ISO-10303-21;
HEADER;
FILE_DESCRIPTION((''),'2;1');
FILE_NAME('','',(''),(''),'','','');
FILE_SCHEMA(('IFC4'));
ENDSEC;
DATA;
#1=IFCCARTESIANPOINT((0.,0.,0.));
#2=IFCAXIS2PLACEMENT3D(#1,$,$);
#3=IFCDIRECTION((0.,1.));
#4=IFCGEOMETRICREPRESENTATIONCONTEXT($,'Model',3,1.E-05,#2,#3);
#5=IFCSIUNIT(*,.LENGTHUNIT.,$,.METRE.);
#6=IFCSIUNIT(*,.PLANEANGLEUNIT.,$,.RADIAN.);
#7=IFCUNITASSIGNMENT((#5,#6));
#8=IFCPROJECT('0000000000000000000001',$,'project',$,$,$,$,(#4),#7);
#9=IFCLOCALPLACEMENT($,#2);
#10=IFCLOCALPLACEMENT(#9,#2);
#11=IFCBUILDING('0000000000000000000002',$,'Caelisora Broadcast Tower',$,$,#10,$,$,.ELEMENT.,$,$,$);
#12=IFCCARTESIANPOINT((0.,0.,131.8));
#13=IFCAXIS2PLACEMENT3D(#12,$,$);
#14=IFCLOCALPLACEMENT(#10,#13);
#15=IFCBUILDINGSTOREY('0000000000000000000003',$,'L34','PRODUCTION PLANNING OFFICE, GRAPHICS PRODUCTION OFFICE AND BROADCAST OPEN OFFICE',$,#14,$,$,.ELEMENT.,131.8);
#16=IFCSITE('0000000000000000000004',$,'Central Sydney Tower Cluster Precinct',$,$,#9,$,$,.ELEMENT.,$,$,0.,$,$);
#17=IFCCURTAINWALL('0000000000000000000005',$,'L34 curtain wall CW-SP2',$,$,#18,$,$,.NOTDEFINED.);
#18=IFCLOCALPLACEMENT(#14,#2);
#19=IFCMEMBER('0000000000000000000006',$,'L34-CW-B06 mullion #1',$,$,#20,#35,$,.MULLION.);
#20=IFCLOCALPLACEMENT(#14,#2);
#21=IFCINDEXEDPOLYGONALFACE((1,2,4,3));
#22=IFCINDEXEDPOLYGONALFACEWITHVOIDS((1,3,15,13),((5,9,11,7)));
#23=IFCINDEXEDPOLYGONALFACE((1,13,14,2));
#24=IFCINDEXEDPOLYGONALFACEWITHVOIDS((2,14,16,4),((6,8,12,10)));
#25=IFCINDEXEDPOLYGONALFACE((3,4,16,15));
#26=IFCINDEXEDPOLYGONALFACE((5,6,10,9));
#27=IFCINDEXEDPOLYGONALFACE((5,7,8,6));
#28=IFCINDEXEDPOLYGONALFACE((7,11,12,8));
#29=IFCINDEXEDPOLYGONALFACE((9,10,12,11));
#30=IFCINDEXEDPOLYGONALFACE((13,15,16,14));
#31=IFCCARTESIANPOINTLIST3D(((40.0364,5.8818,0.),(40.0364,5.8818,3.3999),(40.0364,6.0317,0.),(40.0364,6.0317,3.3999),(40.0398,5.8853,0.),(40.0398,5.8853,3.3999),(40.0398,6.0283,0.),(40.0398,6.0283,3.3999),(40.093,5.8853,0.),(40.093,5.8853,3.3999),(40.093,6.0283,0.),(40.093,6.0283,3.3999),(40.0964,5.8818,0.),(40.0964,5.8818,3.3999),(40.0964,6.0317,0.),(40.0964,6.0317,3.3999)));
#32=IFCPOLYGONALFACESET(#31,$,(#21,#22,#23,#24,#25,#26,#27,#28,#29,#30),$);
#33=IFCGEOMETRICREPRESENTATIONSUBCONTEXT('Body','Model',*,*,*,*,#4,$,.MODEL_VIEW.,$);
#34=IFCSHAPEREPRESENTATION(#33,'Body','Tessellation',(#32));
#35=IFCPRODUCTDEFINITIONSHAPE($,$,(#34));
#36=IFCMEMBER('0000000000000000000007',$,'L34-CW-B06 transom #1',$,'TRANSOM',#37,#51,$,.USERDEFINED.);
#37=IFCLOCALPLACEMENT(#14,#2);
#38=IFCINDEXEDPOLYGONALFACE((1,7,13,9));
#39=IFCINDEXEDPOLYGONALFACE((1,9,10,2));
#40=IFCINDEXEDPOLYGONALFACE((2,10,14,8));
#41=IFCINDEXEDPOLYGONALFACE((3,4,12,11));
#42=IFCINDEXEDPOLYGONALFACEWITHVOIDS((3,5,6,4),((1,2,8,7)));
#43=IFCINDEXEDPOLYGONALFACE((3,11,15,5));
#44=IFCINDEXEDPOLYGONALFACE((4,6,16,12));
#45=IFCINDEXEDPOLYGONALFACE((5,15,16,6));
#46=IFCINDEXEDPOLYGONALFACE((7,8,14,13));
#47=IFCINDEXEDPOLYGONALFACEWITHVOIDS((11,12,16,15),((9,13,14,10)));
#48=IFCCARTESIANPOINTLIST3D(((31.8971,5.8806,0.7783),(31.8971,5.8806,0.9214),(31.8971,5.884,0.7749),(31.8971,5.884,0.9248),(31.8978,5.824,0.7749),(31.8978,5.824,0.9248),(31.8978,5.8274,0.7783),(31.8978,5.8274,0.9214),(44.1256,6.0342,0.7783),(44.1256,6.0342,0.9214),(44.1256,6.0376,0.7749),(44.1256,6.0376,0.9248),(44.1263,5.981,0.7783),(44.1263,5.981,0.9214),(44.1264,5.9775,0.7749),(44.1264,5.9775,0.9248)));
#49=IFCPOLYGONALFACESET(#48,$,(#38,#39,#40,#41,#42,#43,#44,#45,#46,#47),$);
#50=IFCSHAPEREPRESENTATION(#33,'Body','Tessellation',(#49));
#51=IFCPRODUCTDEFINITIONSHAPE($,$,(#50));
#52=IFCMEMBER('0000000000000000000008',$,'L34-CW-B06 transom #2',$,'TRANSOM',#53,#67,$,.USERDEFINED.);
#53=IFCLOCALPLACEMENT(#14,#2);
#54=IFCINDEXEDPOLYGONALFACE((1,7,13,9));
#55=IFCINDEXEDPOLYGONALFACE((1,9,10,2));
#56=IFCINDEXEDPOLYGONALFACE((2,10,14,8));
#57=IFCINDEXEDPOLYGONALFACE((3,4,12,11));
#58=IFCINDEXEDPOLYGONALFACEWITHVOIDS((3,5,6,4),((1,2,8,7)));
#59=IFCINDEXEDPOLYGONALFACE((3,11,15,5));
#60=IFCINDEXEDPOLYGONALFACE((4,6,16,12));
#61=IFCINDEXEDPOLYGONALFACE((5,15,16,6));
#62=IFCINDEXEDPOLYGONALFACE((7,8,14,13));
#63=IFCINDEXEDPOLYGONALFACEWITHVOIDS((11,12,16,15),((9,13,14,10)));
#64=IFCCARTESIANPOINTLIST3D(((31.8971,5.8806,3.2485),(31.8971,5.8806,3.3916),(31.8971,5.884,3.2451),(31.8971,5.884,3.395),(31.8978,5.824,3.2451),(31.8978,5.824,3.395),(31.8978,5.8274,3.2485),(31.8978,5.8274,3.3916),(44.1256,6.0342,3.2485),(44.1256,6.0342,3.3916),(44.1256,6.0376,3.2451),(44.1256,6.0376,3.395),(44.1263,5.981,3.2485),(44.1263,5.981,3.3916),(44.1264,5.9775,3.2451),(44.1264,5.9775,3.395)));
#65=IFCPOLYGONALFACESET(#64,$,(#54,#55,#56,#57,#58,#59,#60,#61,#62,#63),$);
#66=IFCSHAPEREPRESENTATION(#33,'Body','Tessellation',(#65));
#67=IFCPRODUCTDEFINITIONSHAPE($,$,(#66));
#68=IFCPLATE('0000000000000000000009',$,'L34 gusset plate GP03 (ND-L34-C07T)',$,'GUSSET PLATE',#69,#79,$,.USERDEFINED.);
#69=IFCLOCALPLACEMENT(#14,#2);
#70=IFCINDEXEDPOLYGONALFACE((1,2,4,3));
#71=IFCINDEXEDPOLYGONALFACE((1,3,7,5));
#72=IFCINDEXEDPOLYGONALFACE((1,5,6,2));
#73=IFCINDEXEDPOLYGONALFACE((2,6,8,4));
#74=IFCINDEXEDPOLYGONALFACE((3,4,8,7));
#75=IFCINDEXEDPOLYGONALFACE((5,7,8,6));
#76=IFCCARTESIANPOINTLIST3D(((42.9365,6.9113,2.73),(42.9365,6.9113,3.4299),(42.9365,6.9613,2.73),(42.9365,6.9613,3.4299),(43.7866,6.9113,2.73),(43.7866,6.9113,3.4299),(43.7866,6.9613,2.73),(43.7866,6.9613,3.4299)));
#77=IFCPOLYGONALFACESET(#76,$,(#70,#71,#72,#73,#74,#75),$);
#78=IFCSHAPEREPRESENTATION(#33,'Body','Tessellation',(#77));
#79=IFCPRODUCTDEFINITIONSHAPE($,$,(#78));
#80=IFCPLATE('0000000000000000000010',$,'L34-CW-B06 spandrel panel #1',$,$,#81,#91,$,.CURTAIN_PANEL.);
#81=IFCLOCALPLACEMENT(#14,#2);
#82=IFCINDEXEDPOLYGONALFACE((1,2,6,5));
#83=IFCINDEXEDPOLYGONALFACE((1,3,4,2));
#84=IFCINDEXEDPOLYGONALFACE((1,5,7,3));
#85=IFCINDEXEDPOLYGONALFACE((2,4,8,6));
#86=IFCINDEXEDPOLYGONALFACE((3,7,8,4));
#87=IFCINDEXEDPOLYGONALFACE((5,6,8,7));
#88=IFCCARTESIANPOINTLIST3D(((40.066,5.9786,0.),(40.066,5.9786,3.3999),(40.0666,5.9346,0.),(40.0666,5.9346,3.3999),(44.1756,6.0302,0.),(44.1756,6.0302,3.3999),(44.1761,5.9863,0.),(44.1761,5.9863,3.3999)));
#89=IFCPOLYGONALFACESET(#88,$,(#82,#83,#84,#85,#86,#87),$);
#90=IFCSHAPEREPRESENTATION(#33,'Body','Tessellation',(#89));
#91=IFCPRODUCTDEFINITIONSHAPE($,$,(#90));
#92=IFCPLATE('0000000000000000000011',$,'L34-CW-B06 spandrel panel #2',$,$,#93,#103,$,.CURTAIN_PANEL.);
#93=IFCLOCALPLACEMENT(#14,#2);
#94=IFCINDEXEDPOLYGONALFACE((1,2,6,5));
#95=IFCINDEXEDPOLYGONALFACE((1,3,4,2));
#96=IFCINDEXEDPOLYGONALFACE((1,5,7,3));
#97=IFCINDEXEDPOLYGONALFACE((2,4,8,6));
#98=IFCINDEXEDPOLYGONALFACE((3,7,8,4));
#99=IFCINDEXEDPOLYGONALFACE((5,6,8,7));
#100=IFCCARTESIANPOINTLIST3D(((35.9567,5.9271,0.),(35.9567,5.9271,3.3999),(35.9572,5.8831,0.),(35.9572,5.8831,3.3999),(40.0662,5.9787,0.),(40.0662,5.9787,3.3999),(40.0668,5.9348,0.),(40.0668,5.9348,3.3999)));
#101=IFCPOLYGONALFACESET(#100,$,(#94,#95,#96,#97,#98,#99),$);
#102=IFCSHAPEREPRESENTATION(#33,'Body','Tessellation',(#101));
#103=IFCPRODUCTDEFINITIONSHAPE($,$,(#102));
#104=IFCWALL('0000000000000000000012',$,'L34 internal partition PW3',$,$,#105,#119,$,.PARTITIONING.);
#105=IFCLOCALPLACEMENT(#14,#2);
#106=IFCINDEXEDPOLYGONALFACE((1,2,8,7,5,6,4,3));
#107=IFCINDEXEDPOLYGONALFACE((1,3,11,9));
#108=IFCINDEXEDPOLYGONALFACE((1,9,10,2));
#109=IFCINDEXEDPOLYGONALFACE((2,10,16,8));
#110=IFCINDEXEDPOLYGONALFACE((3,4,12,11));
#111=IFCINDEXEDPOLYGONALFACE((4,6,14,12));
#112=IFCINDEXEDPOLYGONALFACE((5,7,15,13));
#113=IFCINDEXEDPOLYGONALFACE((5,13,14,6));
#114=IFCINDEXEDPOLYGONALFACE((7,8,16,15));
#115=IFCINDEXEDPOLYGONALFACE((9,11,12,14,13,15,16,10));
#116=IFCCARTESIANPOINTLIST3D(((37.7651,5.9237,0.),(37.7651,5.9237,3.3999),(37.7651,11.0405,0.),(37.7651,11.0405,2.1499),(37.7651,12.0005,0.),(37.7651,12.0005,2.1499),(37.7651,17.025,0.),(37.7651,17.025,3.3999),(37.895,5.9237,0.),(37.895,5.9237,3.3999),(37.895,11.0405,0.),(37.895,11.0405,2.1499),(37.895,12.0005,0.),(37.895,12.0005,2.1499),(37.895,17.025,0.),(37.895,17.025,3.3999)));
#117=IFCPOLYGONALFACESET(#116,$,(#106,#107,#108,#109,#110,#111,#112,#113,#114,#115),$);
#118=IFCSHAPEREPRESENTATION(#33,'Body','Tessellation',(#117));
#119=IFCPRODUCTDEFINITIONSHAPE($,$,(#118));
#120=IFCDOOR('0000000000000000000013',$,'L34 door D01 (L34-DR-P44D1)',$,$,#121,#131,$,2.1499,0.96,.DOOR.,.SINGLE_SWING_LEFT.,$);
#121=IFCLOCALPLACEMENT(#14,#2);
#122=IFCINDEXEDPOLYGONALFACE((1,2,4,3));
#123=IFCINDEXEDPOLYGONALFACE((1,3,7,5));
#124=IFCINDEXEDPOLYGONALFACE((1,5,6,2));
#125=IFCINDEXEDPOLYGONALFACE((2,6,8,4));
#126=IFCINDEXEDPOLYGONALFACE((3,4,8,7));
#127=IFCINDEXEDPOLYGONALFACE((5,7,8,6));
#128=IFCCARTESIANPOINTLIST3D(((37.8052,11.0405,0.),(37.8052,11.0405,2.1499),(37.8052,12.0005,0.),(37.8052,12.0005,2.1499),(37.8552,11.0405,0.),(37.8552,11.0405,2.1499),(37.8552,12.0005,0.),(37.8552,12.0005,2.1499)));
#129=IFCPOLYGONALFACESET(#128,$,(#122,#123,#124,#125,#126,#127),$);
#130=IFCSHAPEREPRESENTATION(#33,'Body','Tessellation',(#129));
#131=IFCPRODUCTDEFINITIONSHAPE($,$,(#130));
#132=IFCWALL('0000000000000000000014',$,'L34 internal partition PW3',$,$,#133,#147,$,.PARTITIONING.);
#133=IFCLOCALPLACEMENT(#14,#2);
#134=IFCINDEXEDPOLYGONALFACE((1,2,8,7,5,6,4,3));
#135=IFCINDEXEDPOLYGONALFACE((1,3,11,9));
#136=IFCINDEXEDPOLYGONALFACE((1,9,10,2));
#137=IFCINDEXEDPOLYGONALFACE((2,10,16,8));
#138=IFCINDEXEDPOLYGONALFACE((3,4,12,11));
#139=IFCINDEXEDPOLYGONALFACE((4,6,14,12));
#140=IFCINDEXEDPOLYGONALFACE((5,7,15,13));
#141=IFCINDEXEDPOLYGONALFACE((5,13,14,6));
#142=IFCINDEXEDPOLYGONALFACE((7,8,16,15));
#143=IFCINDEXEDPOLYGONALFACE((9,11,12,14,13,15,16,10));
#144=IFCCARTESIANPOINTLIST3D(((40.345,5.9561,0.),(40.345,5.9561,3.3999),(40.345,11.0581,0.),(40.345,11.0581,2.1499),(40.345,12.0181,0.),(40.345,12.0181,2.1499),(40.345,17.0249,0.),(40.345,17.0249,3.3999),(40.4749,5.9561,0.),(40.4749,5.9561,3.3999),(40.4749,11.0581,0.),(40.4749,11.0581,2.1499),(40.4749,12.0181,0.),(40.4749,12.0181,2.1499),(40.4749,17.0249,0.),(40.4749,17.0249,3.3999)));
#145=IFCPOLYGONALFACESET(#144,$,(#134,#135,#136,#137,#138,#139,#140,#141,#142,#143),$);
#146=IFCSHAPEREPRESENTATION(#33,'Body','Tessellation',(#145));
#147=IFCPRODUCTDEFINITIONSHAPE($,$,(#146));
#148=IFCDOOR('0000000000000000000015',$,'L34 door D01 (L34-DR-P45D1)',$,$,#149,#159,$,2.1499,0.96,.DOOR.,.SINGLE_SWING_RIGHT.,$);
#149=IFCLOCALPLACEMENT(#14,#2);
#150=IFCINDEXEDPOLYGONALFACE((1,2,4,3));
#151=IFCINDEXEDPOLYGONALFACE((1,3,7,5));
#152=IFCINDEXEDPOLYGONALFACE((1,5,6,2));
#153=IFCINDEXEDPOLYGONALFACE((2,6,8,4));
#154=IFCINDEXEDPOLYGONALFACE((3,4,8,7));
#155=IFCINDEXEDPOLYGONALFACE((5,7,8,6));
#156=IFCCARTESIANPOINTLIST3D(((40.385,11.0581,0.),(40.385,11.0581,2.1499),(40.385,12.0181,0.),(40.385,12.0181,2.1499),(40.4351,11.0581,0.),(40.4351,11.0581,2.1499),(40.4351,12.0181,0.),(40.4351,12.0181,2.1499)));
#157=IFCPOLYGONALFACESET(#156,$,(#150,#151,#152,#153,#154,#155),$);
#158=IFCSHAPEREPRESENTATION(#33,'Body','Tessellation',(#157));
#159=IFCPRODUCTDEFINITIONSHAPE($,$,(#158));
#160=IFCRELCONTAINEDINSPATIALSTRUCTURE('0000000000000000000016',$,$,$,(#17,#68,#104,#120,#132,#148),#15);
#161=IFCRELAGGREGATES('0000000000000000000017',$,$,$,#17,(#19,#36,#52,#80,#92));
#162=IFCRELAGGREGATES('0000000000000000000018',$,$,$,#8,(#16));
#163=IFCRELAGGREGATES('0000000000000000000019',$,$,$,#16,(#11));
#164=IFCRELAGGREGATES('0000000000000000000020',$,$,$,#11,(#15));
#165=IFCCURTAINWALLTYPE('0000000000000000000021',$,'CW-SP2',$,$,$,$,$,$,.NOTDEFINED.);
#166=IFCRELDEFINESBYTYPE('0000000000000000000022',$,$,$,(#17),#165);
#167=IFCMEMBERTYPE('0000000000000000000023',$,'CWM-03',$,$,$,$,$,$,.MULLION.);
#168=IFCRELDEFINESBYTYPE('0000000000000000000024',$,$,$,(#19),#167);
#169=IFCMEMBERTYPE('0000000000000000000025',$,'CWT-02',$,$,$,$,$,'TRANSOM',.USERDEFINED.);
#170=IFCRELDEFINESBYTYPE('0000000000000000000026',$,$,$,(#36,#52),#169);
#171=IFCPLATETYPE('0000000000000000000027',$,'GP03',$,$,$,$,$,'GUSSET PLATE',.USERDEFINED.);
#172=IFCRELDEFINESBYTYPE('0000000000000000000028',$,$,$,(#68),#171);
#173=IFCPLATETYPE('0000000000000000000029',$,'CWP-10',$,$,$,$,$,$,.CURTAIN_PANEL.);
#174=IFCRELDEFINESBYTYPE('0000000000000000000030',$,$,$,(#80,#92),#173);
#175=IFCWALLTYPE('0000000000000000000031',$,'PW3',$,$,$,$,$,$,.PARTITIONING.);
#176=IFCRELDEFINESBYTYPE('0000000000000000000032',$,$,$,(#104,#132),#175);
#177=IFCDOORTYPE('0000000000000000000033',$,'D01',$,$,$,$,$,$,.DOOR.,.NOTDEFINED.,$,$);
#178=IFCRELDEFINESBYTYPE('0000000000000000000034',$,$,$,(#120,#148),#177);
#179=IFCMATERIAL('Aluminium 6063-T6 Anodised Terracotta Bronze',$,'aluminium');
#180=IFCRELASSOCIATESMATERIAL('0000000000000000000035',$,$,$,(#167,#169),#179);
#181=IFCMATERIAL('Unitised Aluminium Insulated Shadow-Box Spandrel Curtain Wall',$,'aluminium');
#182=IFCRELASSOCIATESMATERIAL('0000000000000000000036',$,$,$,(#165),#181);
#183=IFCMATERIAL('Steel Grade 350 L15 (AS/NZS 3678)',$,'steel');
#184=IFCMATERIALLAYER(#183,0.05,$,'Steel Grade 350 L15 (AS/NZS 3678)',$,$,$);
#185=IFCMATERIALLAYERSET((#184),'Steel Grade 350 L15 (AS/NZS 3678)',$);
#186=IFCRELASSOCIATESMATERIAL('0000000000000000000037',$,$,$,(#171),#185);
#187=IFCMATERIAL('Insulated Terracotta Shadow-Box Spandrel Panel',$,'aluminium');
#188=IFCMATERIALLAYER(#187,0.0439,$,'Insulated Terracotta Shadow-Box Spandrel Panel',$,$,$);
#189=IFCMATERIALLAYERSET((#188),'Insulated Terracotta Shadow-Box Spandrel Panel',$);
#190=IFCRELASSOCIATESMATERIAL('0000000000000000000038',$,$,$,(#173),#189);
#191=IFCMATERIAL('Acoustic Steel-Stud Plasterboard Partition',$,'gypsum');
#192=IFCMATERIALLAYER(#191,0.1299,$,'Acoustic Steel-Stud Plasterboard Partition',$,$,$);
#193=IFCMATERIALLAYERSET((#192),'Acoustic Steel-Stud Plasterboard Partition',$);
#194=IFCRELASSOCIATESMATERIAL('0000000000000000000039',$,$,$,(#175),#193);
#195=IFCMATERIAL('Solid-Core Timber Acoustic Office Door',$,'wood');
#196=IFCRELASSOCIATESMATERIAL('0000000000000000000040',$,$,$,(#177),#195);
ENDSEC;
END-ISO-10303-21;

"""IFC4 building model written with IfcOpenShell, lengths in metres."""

from ifc_helpers import new_model, si_unit, direction, frame, frame_2d, origin, origin_2d, place, context, subcontext, project, spatial, rectangle, hollow_rectangle, extrude, source, transform, mapped, material, layer, layer_set, material_profile, profile_set, type_object, type_shapes, element, fill, aggregate, save


model = new_model("IFC4")

# Units and contexts
model_context = context("Model", 3, precision=1e-05, world=origin(), true_north=direction((0.0, 1.0)))
body_context = subcontext(model_context, "Body", "Model", "MODEL_VIEW")
ifc_project = project(units=[si_unit("LENGTHUNIT", "METRE"), si_unit("PLANEANGLEUNIT", "RADIAN")], contexts=[model_context])

# Site, building, storey
site_placement = place(None, origin())
site = spatial("IfcSite", under=ifc_project, at=site_placement, Name="Central Sydney Tower Cluster Precinct", CompositionType="ELEMENT", RefElevation=0.0)
building_placement = place(site_placement, origin())
building = spatial("IfcBuilding", under=site, at=building_placement, Name="Caelisora Broadcast Tower", CompositionType="ELEMENT")
storey_placement = place(building_placement, frame((0.0, 0.0, 131.8)))
storey = spatial("IfcBuildingStorey", under=building, at=storey_placement, Name="L34", Description="PRODUCTION PLANNING OFFICE, GRAPHICS PRODUCTION OFFICE AND BROADCAST OPEN OFFICE", CompositionType="ELEMENT", Elevation=131.8)

# Shared definitions
ifc_material_1 = material(Name="Steel Grade 350 L15 (AS/NZS 3678)", Category="steel")

# Shared definitions
ifc_material_2 = material(Name="Aluminium 6063-T6 Anodised Terracotta Bronze", Category="aluminium")
ifc_material_profile_1 = material_profile(ifc_material_2, hollow_rectangle(XDim=0.0601, YDim=0.1499, WallThickness=0.0034, at=origin_2d()), Name="Aluminium 6063-T6 Anodised Terracotta Bronze")
ifc_profile_set_1 = profile_set([ifc_material_profile_1], Name="Aluminium 6063-T6 Anodised Terracotta Bronze")
member_type_1 = type_object("IfcMemberType", Name="CWM-03", PredefinedType="MULLION", material=ifc_profile_set_1)
shared_shape_1 = source(origin(), body_context, "Body", "SweptSolid", [
    extrude(hollow_rectangle(XDim=0.0601, YDim=0.1499, WallThickness=0.0034, at=origin_2d()), origin(), (0.0, 0.0, 1.0), 3.3999),
])
type_shapes(member_type_1, [shared_shape_1])

# Curtain wall, members
ifc_material_3 = material(Name="Unitised Aluminium Insulated Shadow-Box Spandrel Curtain Wall", Category="aluminium")
curtain_wall_type_1 = type_object("IfcCurtainWallType", Name="CW-SP2", PredefinedType="NOTDEFINED", material=ifc_material_3)
curtain_wall_1_placement = place(storey_placement, origin())
curtain_wall_1 = element("IfcCurtainWall", 1, at=curtain_wall_1_placement, inside=storey, type_object=curtain_wall_type_1, Name="L34 curtain wall CW-SP2", PredefinedType="NOTDEFINED")
member_1_placement = place(storey_placement, frame((40.0664, 5.9568, 0.0), z_axis=(0.0, 0.0, 1.0), x_axis=(1.0, 0.0, 0.0)))
member_1 = element("IfcMember", 2, at=member_1_placement, type_object=member_type_1, Name="L34-CW-B06 mullion #1", PredefinedType="MULLION", context=body_context, shape_type="MappedRepresentation", body=[
    mapped(shared_shape_1, transform((0.0, 0.0, 0.0), scale=1.0)),
])
ifc_material_profile_2 = material_profile(ifc_material_2, hollow_rectangle(XDim=0.0601, YDim=0.1499, WallThickness=0.0034, at=origin_2d()), Name="Aluminium 6063-T6 Anodised Terracotta Bronze")
ifc_profile_set_2 = profile_set([ifc_material_profile_2], Name="Aluminium 6063-T6 Anodised Terracotta Bronze")
member_type_2 = type_object("IfcMemberType", Name="CWT-02", ElementType="TRANSOM", PredefinedType="USERDEFINED", material=ifc_profile_set_2)
shared_shape_2 = source(origin(), body_context, "Body", "SweptSolid", [
    extrude(hollow_rectangle(XDim=0.0601, YDim=0.1499, WallThickness=0.0034, at=origin_2d()), origin(), (0.0, 0.0, 1.0), 12.2295),
])
type_shapes(member_type_2, [shared_shape_2])
member_2_placement = place(storey_placement, frame((44.126, 6.0076, 0.8499), z_axis=(-0.999921, -0.012557, 0.0), x_axis=(0.012557, -0.999921, 0.0)))
member_2 = element("IfcMember", 3, at=member_2_placement, type_object=member_type_2, Name="L34-CW-B06 transom #1", ObjectType="TRANSOM", PredefinedType="USERDEFINED", context=body_context, shape_type="MappedRepresentation", body=[
    mapped(shared_shape_2, transform((0.0, 0.0, 0.0), scale=1.0)),
])
member_3_placement = place(storey_placement, frame((44.126, 6.0076, 3.3201), z_axis=(-0.999921, -0.012557, 0.0), x_axis=(0.012557, -0.999921, 0.0)))
member_3 = element("IfcMember", 4, at=member_3_placement, type_object=member_type_2, Name="L34-CW-B06 transom #2", ObjectType="TRANSOM", PredefinedType="USERDEFINED", context=body_context, shape_type="MappedRepresentation", body=[
    mapped(shared_shape_2, transform((0.0, 0.0, 0.0), scale=1.0)),
])

# Plates
ifc_layer_1 = layer(ifc_material_1, 0.05, Name="Steel Grade 350 L15 (AS/NZS 3678)")
ifc_layer_set_1 = layer_set([ifc_layer_1], Name="Steel Grade 350 L15 (AS/NZS 3678)")
plate_type_1 = type_object("IfcPlateType", Name="GP03", ElementType="GUSSET PLATE", PredefinedType="USERDEFINED", material=ifc_layer_set_1)
shared_shape_3 = source(origin(), body_context, "Body", "SweptSolid", [
    extrude(rectangle(XDim=0.8501, YDim=0.05, at=origin_2d()), origin(), (0.0, 0.0, 1.0), 0.7),
])
type_shapes(plate_type_1, [shared_shape_3])
plate_1_placement = place(storey_placement, frame((43.3616, 6.9363, 2.73), z_axis=(0.0, 0.0, 1.0), x_axis=(1.0, 0.0, 0.0)))
element("IfcPlate", 5, at=plate_1_placement, inside=storey, type_object=plate_type_1, Name="L34 gusset plate GP03 (ND-L34-C07T)", ObjectType="GUSSET PLATE", PredefinedType="USERDEFINED", context=body_context, shape_type="MappedRepresentation", body=[
    mapped(shared_shape_3, transform((0.0, 0.0, 0.0), scale=1.0)),
])
ifc_material_4 = material(Name="Insulated Terracotta Shadow-Box Spandrel Panel", Category="aluminium")
ifc_layer_2 = layer(ifc_material_4, 0.0439, Name="Insulated Terracotta Shadow-Box Spandrel Panel")
ifc_layer_set_2 = layer_set([ifc_layer_2], Name="Insulated Terracotta Shadow-Box Spandrel Panel")
plate_type_2 = type_object("IfcPlateType", Name="CWP-10", PredefinedType="CURTAIN_PANEL", material=ifc_layer_set_2)
shared_shape_4 = source(origin(), body_context, "Body", "SweptSolid", [
    extrude(rectangle(XDim=4.1099, YDim=0.0439, at=origin_2d()), origin(), (0.0, 0.0, 1.0), 3.3999),
])
type_shapes(plate_type_2, [shared_shape_4])
plate_2_placement = place(storey_placement, frame((42.1211, 5.9824, 0.0), z_axis=(0.0, 0.0, 1.0), x_axis=(-0.999921, -0.012566, 0.0)))
plate_2 = element("IfcPlate", 6, at=plate_2_placement, type_object=plate_type_2, Name="L34-CW-B06 spandrel panel #1", PredefinedType="CURTAIN_PANEL", context=body_context, shape_type="MappedRepresentation", body=[
    mapped(shared_shape_4, transform((0.0, 0.0, 0.0), scale=1.0)),
])
plate_3_placement = place(storey_placement, frame((38.0117, 5.9309, 0.0), z_axis=(0.0, 0.0, 1.0), x_axis=(-0.999921, -0.012566, 0.0)))
plate_3 = element("IfcPlate", 7, at=plate_3_placement, type_object=plate_type_2, Name="L34-CW-B06 spandrel panel #2", PredefinedType="CURTAIN_PANEL", context=body_context, shape_type="MappedRepresentation", body=[
    mapped(shared_shape_4, transform((0.0, 0.0, 0.0), scale=1.0)),
])
aggregate(curtain_wall_1, [member_1, member_2, member_3, plate_2, plate_3])

# Walls, openings, doors
ifc_material_5 = material(Name="Acoustic Steel-Stud Plasterboard Partition", Category="gypsum")
ifc_layer_3 = layer(ifc_material_5, 0.1299, Name="Acoustic Steel-Stud Plasterboard Partition")
ifc_layer_set_3 = layer_set([ifc_layer_3], Name="Acoustic Steel-Stud Plasterboard Partition")
wall_type = type_object("IfcWallType", Name="PW3", PredefinedType="PARTITIONING", material=ifc_layer_set_3)
wall_1_placement = place(storey_placement, frame((37.8301, 5.9236, 0.0), z_axis=(0.0, 0.0, 1.0), x_axis=(0.0, 1.0, 0.0)))
wall_1 = element("IfcWall", 8, at=wall_1_placement, inside=storey, type_object=wall_type, Name="L34 internal partition PW3", PredefinedType="PARTITIONING", context=body_context, shape_type="SweptSolid", body=[
    extrude(rectangle(XDim=11.1013, YDim=0.1299, at=frame_2d((5.5508, 0.0))), origin(), (0.0, 0.0, 1.0), 3.3999),
])
opening_1_placement = place(wall_1_placement, frame((5.1169, 0.0, 0.0)))
opening_1 = element("IfcOpeningElement", 9, at=opening_1_placement, cuts=wall_1, PredefinedType="OPENING", context=body_context, shape_type="SweptSolid", body=[
    extrude(rectangle(XDim=0.96, YDim=2.1499, at=frame_2d((0.48, 1.075))), frame((0.0, 0.0769, 0.0), z_axis=(0.0, -1.0, 0.0), x_axis=(1.0, 0.0, 0.0)), (0.0, 0.0, 1.0), 0.1538),
])
ifc_material_6 = material(Name="Solid-Core Timber Acoustic Office Door", Category="wood")
door_type = type_object("IfcDoorType", Name="D01", OperationType="NOTDEFINED", PredefinedType="DOOR", material=ifc_material_6)
door_1_placement = place(opening_1_placement, origin())
door_1 = element("IfcDoor", 10, at=door_1_placement, inside=storey, type_object=door_type, Name="L34 door D01 (L34-DR-P44D1)", OperationType="SINGLE_SWING_LEFT", OverallHeight=2.1499, OverallWidth=0.96, PredefinedType="DOOR", context=body_context, shape_type="SweptSolid", body=[
    extrude(rectangle(XDim=0.96, YDim=2.1499, at=frame_2d((0.48, 1.075))), frame((0.0, 0.0249, 0.0), z_axis=(0.0, -1.0, 0.0), x_axis=(1.0, 0.0, 0.0)), (0.0, 0.0, 1.0), 0.05),
])
fill(opening_1, door_1)
wall_2_placement = place(storey_placement, frame((40.4099, 5.9561, 0.0), z_axis=(0.0, 0.0, 1.0), x_axis=(0.0, 1.0, 0.0)))
wall_2 = element("IfcWall", 11, at=wall_2_placement, inside=storey, type_object=wall_type, Name="L34 internal partition PW3", PredefinedType="PARTITIONING", context=body_context, shape_type="SweptSolid", body=[
    extrude(rectangle(XDim=11.0688, YDim=0.1299, at=frame_2d((5.5344, 0.0))), origin(), (0.0, 0.0, 1.0), 3.3999),
])
opening_2_placement = place(wall_2_placement, frame((5.1021, 0.0, 0.0)))
opening_2 = element("IfcOpeningElement", 12, at=opening_2_placement, cuts=wall_2, PredefinedType="OPENING", context=body_context, shape_type="SweptSolid", body=[
    extrude(rectangle(XDim=0.96, YDim=2.1499, at=frame_2d((0.48, 1.075))), frame((0.0, 0.0769, 0.0), z_axis=(0.0, -1.0, 0.0), x_axis=(1.0, 0.0, 0.0)), (0.0, 0.0, 1.0), 0.1538),
])
door_2_placement = place(opening_2_placement, origin())
door_2 = element("IfcDoor", 13, at=door_2_placement, inside=storey, type_object=door_type, Name="L34 door D01 (L34-DR-P45D1)", OperationType="SINGLE_SWING_RIGHT", OverallHeight=2.1499, OverallWidth=0.96, PredefinedType="DOOR", context=body_context, shape_type="SweptSolid", body=[
    extrude(rectangle(XDim=0.96, YDim=2.1499, at=frame_2d((0.48, 1.075))), frame((0.0, 0.0249, 0.0), z_axis=(0.0, -1.0, 0.0), x_axis=(1.0, 0.0, 0.0)), (0.0, 0.0, 1.0), 0.05),
])
fill(opening_2, door_2)

save(model, "model.ifc")
